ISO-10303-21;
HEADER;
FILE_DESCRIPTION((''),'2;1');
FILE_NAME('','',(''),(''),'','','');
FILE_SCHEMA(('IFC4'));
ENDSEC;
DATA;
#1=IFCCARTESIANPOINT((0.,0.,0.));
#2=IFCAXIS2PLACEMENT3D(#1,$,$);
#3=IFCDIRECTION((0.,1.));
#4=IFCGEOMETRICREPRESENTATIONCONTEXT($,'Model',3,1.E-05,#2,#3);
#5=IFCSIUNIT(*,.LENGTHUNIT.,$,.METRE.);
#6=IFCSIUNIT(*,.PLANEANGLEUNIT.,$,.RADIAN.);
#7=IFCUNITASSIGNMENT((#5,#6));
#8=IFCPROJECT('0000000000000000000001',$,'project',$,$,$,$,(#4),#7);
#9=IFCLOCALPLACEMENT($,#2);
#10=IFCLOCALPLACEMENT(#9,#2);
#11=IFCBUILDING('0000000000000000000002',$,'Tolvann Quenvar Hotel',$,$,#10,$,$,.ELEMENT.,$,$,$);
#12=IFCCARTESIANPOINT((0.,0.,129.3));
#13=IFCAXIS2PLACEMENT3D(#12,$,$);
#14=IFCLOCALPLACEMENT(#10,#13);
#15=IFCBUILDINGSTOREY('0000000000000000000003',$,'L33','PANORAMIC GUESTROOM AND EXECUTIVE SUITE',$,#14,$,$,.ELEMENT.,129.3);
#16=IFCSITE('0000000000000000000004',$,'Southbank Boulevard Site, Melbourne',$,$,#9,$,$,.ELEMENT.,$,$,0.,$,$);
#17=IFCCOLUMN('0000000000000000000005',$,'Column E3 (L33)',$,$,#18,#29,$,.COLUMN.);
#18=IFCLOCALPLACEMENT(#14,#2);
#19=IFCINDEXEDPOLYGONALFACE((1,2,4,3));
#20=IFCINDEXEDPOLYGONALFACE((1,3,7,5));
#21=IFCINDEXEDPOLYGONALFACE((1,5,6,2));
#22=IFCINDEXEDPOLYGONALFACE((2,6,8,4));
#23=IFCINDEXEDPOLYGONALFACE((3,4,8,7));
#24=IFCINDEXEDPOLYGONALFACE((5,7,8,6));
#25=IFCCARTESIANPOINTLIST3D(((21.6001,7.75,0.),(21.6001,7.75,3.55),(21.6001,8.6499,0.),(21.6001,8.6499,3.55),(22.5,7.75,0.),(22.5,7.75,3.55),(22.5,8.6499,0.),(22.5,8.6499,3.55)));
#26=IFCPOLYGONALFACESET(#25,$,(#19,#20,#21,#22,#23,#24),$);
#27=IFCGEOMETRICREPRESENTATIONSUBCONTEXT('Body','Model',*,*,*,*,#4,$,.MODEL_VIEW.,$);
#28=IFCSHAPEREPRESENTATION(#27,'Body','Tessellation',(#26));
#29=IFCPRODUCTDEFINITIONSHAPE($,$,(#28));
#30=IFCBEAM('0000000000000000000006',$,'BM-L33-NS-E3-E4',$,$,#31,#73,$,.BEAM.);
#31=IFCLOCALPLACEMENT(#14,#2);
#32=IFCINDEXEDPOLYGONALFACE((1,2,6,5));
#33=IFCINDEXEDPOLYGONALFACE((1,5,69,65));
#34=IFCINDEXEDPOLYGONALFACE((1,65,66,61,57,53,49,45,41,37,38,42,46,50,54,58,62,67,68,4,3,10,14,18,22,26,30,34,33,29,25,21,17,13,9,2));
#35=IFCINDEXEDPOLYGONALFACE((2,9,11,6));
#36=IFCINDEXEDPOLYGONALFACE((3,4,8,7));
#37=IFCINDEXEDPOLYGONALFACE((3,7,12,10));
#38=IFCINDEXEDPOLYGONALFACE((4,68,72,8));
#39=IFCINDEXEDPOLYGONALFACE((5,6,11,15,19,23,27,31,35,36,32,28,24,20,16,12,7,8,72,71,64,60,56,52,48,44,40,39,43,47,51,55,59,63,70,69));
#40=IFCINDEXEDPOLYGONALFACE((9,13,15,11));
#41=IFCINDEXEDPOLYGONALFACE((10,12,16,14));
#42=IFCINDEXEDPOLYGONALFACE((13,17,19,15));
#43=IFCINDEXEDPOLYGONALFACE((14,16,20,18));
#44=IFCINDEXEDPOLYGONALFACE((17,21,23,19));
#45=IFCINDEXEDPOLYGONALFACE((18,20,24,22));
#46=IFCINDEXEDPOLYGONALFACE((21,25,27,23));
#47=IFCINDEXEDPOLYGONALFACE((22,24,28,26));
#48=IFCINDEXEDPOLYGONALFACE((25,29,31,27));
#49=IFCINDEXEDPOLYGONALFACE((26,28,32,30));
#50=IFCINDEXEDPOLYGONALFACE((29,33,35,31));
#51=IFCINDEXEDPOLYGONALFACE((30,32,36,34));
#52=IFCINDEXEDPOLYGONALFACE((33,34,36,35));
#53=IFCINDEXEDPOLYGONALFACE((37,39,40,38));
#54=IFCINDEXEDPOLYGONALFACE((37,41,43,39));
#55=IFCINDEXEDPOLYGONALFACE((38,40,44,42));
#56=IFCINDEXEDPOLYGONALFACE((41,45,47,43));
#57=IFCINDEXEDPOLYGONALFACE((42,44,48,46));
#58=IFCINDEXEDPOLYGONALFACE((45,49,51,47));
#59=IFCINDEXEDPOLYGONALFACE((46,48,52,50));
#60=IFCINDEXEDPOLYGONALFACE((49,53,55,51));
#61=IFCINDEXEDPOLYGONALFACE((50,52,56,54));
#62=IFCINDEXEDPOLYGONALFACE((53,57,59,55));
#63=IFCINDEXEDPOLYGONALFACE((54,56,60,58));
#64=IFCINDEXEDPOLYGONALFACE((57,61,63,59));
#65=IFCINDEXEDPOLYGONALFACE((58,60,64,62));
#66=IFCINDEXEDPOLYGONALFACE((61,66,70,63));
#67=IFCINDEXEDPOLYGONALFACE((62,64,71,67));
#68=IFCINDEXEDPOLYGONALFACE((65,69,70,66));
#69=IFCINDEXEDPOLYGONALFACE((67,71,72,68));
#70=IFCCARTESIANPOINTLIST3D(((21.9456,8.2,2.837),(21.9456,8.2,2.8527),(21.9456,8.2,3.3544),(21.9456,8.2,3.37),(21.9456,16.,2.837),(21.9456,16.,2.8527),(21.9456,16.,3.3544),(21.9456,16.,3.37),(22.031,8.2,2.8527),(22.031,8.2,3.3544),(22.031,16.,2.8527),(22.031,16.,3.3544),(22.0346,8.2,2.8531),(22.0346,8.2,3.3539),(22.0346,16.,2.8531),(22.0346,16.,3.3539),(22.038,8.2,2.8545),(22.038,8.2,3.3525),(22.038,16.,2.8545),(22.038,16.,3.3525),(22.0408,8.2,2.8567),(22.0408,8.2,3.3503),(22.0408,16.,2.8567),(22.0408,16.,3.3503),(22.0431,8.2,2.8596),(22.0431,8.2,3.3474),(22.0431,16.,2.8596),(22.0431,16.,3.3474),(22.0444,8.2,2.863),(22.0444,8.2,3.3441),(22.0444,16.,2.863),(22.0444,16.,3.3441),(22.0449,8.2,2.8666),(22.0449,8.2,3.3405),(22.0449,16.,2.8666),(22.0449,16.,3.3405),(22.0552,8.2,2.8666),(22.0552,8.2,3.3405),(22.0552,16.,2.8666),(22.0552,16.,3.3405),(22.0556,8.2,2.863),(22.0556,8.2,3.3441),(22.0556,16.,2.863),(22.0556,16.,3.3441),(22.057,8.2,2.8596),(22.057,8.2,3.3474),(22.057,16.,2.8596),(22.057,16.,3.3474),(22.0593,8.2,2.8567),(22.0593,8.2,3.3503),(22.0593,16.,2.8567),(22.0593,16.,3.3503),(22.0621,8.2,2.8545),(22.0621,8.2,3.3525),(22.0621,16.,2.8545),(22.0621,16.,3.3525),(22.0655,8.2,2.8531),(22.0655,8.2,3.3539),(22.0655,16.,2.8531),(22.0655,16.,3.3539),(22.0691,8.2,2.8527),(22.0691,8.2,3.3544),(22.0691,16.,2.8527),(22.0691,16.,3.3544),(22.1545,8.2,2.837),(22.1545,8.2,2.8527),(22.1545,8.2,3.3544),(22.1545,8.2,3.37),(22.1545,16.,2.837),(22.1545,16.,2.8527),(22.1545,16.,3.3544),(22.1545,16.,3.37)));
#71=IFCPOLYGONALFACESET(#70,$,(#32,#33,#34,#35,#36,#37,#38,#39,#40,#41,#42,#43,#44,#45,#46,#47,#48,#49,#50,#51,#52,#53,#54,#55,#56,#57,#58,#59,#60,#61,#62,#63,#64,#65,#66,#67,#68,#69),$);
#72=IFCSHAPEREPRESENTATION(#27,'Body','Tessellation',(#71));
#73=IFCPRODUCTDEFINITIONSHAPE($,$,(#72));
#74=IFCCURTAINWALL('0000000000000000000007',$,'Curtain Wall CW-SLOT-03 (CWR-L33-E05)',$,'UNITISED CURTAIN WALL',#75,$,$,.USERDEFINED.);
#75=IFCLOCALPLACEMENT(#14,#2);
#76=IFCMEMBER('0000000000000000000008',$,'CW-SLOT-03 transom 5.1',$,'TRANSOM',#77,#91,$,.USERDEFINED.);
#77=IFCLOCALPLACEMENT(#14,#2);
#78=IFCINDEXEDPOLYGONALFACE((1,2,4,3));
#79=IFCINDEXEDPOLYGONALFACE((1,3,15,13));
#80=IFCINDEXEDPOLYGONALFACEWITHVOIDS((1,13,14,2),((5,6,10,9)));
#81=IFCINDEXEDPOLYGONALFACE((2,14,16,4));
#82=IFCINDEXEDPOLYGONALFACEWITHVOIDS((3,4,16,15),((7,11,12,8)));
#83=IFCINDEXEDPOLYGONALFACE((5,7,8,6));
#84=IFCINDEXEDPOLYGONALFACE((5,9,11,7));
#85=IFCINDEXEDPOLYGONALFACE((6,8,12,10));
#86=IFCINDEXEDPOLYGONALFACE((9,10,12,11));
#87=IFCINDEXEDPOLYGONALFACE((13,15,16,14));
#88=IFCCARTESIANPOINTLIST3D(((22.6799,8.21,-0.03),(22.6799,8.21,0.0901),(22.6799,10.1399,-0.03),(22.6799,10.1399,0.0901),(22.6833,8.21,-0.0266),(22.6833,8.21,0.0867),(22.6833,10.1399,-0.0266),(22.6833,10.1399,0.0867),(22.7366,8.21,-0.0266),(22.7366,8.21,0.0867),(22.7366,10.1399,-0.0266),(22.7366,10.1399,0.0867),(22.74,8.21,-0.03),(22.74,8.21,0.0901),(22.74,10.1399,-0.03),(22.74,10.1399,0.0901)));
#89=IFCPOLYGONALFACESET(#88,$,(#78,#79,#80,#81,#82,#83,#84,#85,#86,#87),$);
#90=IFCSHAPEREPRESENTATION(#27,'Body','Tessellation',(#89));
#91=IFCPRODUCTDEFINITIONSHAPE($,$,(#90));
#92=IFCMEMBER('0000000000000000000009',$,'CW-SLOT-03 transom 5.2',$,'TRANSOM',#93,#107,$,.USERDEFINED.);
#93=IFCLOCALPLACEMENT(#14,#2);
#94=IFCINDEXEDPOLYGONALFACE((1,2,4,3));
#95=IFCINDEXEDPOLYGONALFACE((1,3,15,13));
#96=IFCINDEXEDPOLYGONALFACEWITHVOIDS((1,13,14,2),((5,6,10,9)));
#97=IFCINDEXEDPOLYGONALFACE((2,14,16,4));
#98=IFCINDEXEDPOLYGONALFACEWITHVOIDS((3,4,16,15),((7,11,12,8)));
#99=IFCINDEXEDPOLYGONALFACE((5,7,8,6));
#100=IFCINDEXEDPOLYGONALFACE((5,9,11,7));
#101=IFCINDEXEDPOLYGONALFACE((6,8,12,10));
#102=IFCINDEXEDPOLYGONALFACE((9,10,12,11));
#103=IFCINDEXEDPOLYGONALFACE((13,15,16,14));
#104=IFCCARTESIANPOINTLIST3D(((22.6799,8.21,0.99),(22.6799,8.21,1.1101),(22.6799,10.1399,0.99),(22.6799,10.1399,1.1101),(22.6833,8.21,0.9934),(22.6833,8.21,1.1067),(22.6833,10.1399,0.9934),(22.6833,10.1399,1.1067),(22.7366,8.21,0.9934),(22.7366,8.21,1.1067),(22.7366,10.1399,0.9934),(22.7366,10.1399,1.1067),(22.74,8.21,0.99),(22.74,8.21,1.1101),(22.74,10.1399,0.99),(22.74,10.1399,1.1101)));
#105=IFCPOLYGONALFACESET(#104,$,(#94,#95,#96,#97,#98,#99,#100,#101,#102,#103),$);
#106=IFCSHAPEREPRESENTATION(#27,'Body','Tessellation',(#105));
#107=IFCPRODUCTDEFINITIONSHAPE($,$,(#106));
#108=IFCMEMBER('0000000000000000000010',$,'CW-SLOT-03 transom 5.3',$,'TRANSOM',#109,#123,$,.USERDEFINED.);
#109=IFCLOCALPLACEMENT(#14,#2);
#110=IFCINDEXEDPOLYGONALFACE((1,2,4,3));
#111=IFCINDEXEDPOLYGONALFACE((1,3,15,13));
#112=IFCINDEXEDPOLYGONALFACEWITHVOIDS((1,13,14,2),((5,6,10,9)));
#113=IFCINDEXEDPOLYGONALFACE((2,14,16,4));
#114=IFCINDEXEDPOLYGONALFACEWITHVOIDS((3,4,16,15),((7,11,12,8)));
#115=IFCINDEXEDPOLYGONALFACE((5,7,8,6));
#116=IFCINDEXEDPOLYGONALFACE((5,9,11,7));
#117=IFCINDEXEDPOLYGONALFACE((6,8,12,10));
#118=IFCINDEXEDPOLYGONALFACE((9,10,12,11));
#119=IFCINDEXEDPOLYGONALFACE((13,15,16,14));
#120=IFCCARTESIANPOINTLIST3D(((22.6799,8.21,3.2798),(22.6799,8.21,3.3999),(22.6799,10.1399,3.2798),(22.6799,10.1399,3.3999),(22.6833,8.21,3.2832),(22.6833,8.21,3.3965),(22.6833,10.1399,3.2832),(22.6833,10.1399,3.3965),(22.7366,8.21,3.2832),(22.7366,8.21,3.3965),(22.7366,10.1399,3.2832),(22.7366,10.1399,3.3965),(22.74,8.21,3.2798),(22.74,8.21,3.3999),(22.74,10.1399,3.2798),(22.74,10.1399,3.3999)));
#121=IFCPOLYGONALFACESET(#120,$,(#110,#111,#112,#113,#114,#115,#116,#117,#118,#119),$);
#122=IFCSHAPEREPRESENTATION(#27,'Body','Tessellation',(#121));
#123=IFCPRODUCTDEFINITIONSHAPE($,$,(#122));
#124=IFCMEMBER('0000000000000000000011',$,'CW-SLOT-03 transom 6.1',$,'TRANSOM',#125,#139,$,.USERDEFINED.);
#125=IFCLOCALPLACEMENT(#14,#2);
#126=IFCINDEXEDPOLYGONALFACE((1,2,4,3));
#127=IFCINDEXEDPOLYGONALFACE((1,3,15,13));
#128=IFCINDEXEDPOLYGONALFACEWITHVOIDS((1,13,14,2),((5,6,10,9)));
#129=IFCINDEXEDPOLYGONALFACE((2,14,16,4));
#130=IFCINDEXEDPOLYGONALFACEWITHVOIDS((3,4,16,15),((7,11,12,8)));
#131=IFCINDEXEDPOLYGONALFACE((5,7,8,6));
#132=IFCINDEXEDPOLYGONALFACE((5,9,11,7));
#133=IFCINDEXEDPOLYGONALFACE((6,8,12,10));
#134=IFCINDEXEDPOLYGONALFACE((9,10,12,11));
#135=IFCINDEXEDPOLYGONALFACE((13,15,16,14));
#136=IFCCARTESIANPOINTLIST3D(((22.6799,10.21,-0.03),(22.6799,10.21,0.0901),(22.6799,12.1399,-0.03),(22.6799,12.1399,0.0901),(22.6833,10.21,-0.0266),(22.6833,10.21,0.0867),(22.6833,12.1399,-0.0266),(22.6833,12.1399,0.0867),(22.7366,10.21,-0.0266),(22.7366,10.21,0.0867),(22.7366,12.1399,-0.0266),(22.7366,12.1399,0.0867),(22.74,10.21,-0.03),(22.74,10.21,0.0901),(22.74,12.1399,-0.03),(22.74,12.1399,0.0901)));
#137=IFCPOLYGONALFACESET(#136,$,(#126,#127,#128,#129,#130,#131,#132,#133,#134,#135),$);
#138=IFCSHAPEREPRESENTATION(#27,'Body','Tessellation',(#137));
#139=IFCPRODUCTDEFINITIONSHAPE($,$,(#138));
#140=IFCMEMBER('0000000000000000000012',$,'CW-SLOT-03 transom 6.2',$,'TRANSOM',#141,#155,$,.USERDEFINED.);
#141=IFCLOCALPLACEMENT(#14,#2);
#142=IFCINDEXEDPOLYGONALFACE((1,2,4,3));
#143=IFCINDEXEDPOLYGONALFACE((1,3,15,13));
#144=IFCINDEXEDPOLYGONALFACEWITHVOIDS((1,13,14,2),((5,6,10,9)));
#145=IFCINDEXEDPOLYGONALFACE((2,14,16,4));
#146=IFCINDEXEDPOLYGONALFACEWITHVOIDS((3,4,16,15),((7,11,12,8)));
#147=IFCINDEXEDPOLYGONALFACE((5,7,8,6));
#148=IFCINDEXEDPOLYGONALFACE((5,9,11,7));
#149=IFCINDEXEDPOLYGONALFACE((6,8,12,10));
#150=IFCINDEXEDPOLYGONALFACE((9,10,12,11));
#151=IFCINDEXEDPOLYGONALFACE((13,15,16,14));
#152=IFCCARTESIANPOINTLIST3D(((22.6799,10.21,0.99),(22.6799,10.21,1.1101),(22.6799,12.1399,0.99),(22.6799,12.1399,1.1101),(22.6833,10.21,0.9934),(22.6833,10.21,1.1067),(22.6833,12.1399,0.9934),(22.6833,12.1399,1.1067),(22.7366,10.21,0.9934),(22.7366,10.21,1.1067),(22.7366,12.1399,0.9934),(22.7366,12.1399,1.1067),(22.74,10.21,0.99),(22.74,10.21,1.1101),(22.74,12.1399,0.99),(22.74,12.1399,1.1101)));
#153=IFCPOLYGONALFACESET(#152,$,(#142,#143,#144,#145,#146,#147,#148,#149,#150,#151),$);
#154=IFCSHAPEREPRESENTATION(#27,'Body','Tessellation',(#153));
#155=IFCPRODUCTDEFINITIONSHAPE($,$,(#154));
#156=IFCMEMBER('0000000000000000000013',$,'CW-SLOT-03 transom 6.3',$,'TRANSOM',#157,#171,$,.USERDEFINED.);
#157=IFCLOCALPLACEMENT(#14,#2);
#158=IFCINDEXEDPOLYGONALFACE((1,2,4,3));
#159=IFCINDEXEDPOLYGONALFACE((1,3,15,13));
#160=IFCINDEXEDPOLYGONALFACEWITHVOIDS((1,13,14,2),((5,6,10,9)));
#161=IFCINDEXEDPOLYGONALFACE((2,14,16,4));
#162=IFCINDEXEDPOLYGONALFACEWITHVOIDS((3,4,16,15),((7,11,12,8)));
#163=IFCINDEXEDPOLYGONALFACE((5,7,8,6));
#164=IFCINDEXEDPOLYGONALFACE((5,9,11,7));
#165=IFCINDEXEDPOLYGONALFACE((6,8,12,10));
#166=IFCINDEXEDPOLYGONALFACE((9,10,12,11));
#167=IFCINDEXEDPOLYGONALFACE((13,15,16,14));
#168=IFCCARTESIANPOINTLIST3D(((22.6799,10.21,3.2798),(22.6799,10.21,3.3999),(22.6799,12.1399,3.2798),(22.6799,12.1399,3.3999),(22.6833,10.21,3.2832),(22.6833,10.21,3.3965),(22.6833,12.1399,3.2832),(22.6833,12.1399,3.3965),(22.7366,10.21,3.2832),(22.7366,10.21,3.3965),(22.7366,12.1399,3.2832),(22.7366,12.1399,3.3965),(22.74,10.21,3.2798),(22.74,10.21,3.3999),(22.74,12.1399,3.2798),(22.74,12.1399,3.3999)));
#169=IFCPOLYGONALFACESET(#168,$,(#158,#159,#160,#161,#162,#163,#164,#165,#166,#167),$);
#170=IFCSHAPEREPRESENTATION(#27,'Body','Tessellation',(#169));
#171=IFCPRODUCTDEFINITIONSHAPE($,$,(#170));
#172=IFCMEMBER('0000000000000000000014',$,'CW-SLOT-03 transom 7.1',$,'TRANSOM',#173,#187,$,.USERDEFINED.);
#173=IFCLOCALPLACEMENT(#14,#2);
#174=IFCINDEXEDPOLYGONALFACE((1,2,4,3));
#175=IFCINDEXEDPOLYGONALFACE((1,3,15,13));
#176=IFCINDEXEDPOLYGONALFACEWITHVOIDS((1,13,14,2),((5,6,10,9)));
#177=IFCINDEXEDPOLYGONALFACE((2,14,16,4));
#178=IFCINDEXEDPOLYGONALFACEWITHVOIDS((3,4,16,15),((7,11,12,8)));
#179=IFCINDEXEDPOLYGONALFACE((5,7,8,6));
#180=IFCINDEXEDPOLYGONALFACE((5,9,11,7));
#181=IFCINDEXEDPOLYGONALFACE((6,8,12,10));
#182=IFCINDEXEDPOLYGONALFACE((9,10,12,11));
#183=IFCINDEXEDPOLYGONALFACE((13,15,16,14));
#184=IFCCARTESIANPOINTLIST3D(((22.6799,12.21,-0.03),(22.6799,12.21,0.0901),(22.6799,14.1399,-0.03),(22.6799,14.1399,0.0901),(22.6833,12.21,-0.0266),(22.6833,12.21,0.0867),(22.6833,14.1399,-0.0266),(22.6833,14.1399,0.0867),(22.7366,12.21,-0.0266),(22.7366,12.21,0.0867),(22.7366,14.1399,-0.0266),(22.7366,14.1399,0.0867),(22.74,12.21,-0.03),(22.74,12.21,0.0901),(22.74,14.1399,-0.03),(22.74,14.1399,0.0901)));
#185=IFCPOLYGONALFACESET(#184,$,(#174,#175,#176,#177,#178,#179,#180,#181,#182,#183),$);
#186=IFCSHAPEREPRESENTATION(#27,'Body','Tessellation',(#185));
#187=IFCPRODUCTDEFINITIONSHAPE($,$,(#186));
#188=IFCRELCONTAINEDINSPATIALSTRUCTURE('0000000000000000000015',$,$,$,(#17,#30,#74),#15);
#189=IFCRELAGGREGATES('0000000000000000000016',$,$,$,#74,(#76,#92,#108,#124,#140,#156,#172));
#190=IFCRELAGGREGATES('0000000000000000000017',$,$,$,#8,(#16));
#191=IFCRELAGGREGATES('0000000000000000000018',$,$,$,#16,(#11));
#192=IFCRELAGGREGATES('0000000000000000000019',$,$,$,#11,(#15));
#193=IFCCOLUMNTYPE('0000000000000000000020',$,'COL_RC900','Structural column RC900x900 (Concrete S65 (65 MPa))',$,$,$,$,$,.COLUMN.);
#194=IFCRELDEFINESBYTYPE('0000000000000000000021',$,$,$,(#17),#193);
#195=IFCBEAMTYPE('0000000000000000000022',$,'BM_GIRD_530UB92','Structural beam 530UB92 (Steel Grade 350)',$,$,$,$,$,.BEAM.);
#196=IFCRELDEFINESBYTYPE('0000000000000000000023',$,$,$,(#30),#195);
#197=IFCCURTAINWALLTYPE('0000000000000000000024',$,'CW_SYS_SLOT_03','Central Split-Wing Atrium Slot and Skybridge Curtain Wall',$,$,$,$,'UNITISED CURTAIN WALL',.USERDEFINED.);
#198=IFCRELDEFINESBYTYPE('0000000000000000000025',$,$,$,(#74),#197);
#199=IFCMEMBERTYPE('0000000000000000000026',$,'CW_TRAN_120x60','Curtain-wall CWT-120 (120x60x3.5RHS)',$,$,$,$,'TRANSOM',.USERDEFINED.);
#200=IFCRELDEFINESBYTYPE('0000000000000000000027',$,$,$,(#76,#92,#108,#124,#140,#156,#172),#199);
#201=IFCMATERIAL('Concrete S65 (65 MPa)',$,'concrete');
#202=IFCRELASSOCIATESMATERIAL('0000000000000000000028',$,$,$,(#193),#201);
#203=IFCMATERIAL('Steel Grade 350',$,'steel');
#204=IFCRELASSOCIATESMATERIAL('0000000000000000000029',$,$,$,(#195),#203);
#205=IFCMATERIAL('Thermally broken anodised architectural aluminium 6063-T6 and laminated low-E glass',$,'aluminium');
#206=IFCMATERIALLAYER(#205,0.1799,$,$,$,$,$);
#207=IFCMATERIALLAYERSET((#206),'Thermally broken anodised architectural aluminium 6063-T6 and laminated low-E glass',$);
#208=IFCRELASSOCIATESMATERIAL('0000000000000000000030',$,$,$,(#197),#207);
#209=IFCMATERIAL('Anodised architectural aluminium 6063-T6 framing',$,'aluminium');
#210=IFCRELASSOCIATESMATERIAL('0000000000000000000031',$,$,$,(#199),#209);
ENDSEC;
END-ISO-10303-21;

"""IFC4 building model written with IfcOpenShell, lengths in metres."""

from ifc_helpers import new_model, si_unit, direction, frame, origin, origin_2d, place, context, subcontext, project, spatial, rectangle, hollow_rectangle, i_section, extrude, source, transform, mapped, material, layer, layer_set, material_profile, profile_set, type_object, type_shapes, element, aggregate, save


model = new_model("IFC4")

# Units and contexts
model_context = context("Model", 3, precision=1e-05, world=origin(), true_north=direction((0.0, 1.0)))
body_context = subcontext(model_context, "Body", "Model", "MODEL_VIEW")
ifc_project = project(units=[si_unit("LENGTHUNIT", "METRE"), si_unit("PLANEANGLEUNIT", "RADIAN")], contexts=[model_context])

# Site, building, storey
site_placement = place(None, origin())
site = spatial("IfcSite", under=ifc_project, at=site_placement, Name="Southbank Boulevard Site, Melbourne", CompositionType="ELEMENT", RefElevation=0.0)
building_placement = place(site_placement, origin())
building = spatial("IfcBuilding", under=site, at=building_placement, Name="Tolvann Quenvar Hotel", CompositionType="ELEMENT")
storey_placement = place(building_placement, frame((0.0, 0.0, 129.3)))
storey = spatial("IfcBuildingStorey", under=building, at=storey_placement, Name="L33", Description="PANORAMIC GUESTROOM AND EXECUTIVE SUITE", CompositionType="ELEMENT", Elevation=129.3)

# Column
ifc_material_1 = material(Name="Concrete S65 (65 MPa)", Category="concrete")
ifc_material_profile_1 = material_profile(ifc_material_1, rectangle(XDim=0.8999, YDim=0.8999, at=origin_2d()), Name="RC900x900")
ifc_profile_set_1 = profile_set([ifc_material_profile_1], Name="Concrete S65 (65 MPa)")
column_type = type_object("IfcColumnType", Name="COL_RC900", Description="Structural column RC900x900 (Concrete S65 (65 MPa))", PredefinedType="COLUMN", material=ifc_profile_set_1)
shared_shape_1 = source(origin(), body_context, "Body", "SweptSolid", [
    extrude(rectangle(XDim=0.8999, YDim=0.8999, at=origin_2d()), origin(), (0.0, 0.0, 1.0), 3.55),
])
type_shapes(column_type, [shared_shape_1])
column_placement = place(storey_placement, frame((22.05, 8.2, 0.0), z_axis=(0.0, 0.0, 1.0), x_axis=(1.0, 0.0, 0.0)))
element("IfcColumn", 1, at=column_placement, inside=storey, type_object=column_type, Name="Column E3 (L33)", PredefinedType="COLUMN", context=body_context, shape_type="MappedRepresentation", body=[
    mapped(shared_shape_1, transform((0.0, 0.0, 0.0), x_axis=(1.0, 0.0, 0.0), y_axis=(0.0, 1.0, 0.0), z_axis=(0.0, 0.0, 1.0), scale=1.0)),
])

# Beam
ifc_material_2 = material(Name="Steel Grade 350", Category="steel")
ifc_material_profile_2 = material_profile(ifc_material_2, i_section(OverallWidth=0.209, OverallDepth=0.533, WebThickness=0.0103, FlangeThickness=0.0156, FilletRadius=0.0139, at=origin_2d()), Name="530UB92")
ifc_profile_set_2 = profile_set([ifc_material_profile_2], Name="Steel Grade 350")
beam_type = type_object("IfcBeamType", Name="BM_GIRD_530UB92", Description="Structural beam 530UB92 (Steel Grade 350)", PredefinedType="BEAM", material=ifc_profile_set_2)
shared_shape_2 = source(origin(), body_context, "Body", "SweptSolid", [
    extrude(i_section(OverallWidth=0.209, OverallDepth=0.533, WebThickness=0.0103, FlangeThickness=0.0156, FilletRadius=0.0139, at=origin_2d()), origin(), (0.0, 0.0, 1.0), 7.8),
])
type_shapes(beam_type, [shared_shape_2])
beam_placement = place(storey_placement, frame((22.05, 8.2, 3.1035), z_axis=(0.0, 1.0, 0.0), x_axis=(-1.0, 0.0, 0.0)))
element("IfcBeam", 2, at=beam_placement, inside=storey, type_object=beam_type, Name="BM-L33-NS-E3-E4", PredefinedType="BEAM", context=body_context, shape_type="MappedRepresentation", body=[
    mapped(shared_shape_2, transform((0.0, 0.0, 0.0), x_axis=(1.0, 0.0, 0.0), y_axis=(0.0, 1.0, 0.0), z_axis=(0.0, 0.0, 1.0), scale=1.0)),
])

# Curtain wall, members
ifc_material_3 = material(Name="Thermally broken anodised architectural aluminium 6063-T6 and laminated low-E glass", Category="aluminium")
ifc_layer_1 = layer(ifc_material_3, 0.1799)
ifc_layer_set_1 = layer_set([ifc_layer_1], Name="Thermally broken anodised architectural aluminium 6063-T6 and laminated low-E glass")
curtain_wall_type = type_object("IfcCurtainWallType", Name="CW_SYS_SLOT_03", Description="Central Split-Wing Atrium Slot and Skybridge Curtain Wall", ElementType="UNITISED CURTAIN WALL", PredefinedType="USERDEFINED", material=ifc_layer_set_1)
curtain_wall_placement = place(storey_placement, origin())
curtain_wall = element("IfcCurtainWall", 3, at=curtain_wall_placement, inside=storey, type_object=curtain_wall_type, Name="Curtain Wall CW-SLOT-03 (CWR-L33-E05)", ObjectType="UNITISED CURTAIN WALL", PredefinedType="USERDEFINED")
ifc_material_4 = material(Name="Anodised architectural aluminium 6063-T6 framing", Category="aluminium")
ifc_material_profile_3 = material_profile(ifc_material_4, hollow_rectangle(XDim=0.0601, YDim=0.1201, WallThickness=0.0034, at=origin_2d()), Name="120x60x3.5RHS")
ifc_profile_set_3 = profile_set([ifc_material_profile_3], Name="Anodised architectural aluminium 6063-T6 framing")
member_type_1 = type_object("IfcMemberType", Name="CW_TRAN_120x60", Description="Curtain-wall CWT-120 (120x60x3.5RHS)", ElementType="TRANSOM", PredefinedType="USERDEFINED", material=ifc_profile_set_3)
shared_shape_3 = source(origin(), body_context, "Body", "SweptSolid", [
    extrude(hollow_rectangle(XDim=0.0601, YDim=0.1201, WallThickness=0.0034, at=origin_2d()), origin(), (0.0, 0.0, 1.0), 1.9299),
])
member_1_placement = place(storey_placement, frame((22.71, 8.21, 0.03), z_axis=(0.0, 1.0, 0.0), x_axis=(-1.0, 0.0, 0.0)))
member_1 = element("IfcMember", 4, at=member_1_placement, type_object=member_type_1, Name="CW-SLOT-03 transom 5.1", ObjectType="TRANSOM", PredefinedType="USERDEFINED", context=body_context, shape_type="MappedRepresentation", body=[
    mapped(shared_shape_3, transform((0.0, 0.0, 0.0), x_axis=(1.0, 0.0, 0.0), y_axis=(0.0, 1.0, 0.0), z_axis=(0.0, 0.0, 1.0), scale=1.0)),
])
member_2_placement = place(storey_placement, frame((22.71, 8.21, 1.05), z_axis=(0.0, 1.0, 0.0), x_axis=(-1.0, 0.0, 0.0)))
member_2 = element("IfcMember", 5, at=member_2_placement, type_object=member_type_1, Name="CW-SLOT-03 transom 5.2", ObjectType="TRANSOM", PredefinedType="USERDEFINED", context=body_context, shape_type="MappedRepresentation", body=[
    mapped(shared_shape_3, transform((0.0, 0.0, 0.0), x_axis=(1.0, 0.0, 0.0), y_axis=(0.0, 1.0, 0.0), z_axis=(0.0, 0.0, 1.0), scale=1.0)),
])
member_3_placement = place(storey_placement, frame((22.71, 8.21, 3.3398), z_axis=(0.0, 1.0, 0.0), x_axis=(-1.0, 0.0, 0.0)))
member_3 = element("IfcMember", 6, at=member_3_placement, type_object=member_type_1, Name="CW-SLOT-03 transom 5.3", ObjectType="TRANSOM", PredefinedType="USERDEFINED", context=body_context, shape_type="MappedRepresentation", body=[
    mapped(shared_shape_3, transform((0.0, 0.0, 0.0), x_axis=(1.0, 0.0, 0.0), y_axis=(0.0, 1.0, 0.0), z_axis=(0.0, 0.0, 1.0), scale=1.0)),
])
member_4_placement = place(storey_placement, frame((22.71, 10.21, 0.03), z_axis=(0.0, 1.0, 0.0), x_axis=(-1.0, 0.0, 0.0)))
member_4 = element("IfcMember", 7, at=member_4_placement, type_object=member_type_1, Name="CW-SLOT-03 transom 6.1", ObjectType="TRANSOM", PredefinedType="USERDEFINED", context=body_context, shape_type="MappedRepresentation", body=[
    mapped(shared_shape_3, transform((0.0, 0.0, 0.0), x_axis=(1.0, 0.0, 0.0), y_axis=(0.0, 1.0, 0.0), z_axis=(0.0, 0.0, 1.0), scale=1.0)),
])
member_5_placement = place(storey_placement, frame((22.71, 10.21, 1.05), z_axis=(0.0, 1.0, 0.0), x_axis=(-1.0, 0.0, 0.0)))
member_5 = element("IfcMember", 8, at=member_5_placement, type_object=member_type_1, Name="CW-SLOT-03 transom 6.2", ObjectType="TRANSOM", PredefinedType="USERDEFINED", context=body_context, shape_type="MappedRepresentation", body=[
    mapped(shared_shape_3, transform((0.0, 0.0, 0.0), x_axis=(1.0, 0.0, 0.0), y_axis=(0.0, 1.0, 0.0), z_axis=(0.0, 0.0, 1.0), scale=1.0)),
])
member_6_placement = place(storey_placement, frame((22.71, 10.21, 3.3398), z_axis=(0.0, 1.0, 0.0), x_axis=(-1.0, 0.0, 0.0)))
member_6 = element("IfcMember", 9, at=member_6_placement, type_object=member_type_1, Name="CW-SLOT-03 transom 6.3", ObjectType="TRANSOM", PredefinedType="USERDEFINED", context=body_context, shape_type="MappedRepresentation", body=[
    mapped(shared_shape_3, transform((0.0, 0.0, 0.0), x_axis=(1.0, 0.0, 0.0), y_axis=(0.0, 1.0, 0.0), z_axis=(0.0, 0.0, 1.0), scale=1.0)),
])
member_7_placement = place(storey_placement, frame((22.71, 12.21, 0.03), z_axis=(0.0, 1.0, 0.0), x_axis=(-1.0, 0.0, 0.0)))
member_7 = element("IfcMember", 10, at=member_7_placement, type_object=member_type_1, Name="CW-SLOT-03 transom 7.1", ObjectType="TRANSOM", PredefinedType="USERDEFINED", context=body_context, shape_type="MappedRepresentation", body=[
    mapped(shared_shape_3, transform((0.0, 0.0, 0.0), x_axis=(1.0, 0.0, 0.0), y_axis=(0.0, 1.0, 0.0), z_axis=(0.0, 0.0, 1.0), scale=1.0)),
])
aggregate(curtain_wall, [member_1, member_2, member_3, member_4, member_5, member_6, member_7])

save(model, "model.ifc")
